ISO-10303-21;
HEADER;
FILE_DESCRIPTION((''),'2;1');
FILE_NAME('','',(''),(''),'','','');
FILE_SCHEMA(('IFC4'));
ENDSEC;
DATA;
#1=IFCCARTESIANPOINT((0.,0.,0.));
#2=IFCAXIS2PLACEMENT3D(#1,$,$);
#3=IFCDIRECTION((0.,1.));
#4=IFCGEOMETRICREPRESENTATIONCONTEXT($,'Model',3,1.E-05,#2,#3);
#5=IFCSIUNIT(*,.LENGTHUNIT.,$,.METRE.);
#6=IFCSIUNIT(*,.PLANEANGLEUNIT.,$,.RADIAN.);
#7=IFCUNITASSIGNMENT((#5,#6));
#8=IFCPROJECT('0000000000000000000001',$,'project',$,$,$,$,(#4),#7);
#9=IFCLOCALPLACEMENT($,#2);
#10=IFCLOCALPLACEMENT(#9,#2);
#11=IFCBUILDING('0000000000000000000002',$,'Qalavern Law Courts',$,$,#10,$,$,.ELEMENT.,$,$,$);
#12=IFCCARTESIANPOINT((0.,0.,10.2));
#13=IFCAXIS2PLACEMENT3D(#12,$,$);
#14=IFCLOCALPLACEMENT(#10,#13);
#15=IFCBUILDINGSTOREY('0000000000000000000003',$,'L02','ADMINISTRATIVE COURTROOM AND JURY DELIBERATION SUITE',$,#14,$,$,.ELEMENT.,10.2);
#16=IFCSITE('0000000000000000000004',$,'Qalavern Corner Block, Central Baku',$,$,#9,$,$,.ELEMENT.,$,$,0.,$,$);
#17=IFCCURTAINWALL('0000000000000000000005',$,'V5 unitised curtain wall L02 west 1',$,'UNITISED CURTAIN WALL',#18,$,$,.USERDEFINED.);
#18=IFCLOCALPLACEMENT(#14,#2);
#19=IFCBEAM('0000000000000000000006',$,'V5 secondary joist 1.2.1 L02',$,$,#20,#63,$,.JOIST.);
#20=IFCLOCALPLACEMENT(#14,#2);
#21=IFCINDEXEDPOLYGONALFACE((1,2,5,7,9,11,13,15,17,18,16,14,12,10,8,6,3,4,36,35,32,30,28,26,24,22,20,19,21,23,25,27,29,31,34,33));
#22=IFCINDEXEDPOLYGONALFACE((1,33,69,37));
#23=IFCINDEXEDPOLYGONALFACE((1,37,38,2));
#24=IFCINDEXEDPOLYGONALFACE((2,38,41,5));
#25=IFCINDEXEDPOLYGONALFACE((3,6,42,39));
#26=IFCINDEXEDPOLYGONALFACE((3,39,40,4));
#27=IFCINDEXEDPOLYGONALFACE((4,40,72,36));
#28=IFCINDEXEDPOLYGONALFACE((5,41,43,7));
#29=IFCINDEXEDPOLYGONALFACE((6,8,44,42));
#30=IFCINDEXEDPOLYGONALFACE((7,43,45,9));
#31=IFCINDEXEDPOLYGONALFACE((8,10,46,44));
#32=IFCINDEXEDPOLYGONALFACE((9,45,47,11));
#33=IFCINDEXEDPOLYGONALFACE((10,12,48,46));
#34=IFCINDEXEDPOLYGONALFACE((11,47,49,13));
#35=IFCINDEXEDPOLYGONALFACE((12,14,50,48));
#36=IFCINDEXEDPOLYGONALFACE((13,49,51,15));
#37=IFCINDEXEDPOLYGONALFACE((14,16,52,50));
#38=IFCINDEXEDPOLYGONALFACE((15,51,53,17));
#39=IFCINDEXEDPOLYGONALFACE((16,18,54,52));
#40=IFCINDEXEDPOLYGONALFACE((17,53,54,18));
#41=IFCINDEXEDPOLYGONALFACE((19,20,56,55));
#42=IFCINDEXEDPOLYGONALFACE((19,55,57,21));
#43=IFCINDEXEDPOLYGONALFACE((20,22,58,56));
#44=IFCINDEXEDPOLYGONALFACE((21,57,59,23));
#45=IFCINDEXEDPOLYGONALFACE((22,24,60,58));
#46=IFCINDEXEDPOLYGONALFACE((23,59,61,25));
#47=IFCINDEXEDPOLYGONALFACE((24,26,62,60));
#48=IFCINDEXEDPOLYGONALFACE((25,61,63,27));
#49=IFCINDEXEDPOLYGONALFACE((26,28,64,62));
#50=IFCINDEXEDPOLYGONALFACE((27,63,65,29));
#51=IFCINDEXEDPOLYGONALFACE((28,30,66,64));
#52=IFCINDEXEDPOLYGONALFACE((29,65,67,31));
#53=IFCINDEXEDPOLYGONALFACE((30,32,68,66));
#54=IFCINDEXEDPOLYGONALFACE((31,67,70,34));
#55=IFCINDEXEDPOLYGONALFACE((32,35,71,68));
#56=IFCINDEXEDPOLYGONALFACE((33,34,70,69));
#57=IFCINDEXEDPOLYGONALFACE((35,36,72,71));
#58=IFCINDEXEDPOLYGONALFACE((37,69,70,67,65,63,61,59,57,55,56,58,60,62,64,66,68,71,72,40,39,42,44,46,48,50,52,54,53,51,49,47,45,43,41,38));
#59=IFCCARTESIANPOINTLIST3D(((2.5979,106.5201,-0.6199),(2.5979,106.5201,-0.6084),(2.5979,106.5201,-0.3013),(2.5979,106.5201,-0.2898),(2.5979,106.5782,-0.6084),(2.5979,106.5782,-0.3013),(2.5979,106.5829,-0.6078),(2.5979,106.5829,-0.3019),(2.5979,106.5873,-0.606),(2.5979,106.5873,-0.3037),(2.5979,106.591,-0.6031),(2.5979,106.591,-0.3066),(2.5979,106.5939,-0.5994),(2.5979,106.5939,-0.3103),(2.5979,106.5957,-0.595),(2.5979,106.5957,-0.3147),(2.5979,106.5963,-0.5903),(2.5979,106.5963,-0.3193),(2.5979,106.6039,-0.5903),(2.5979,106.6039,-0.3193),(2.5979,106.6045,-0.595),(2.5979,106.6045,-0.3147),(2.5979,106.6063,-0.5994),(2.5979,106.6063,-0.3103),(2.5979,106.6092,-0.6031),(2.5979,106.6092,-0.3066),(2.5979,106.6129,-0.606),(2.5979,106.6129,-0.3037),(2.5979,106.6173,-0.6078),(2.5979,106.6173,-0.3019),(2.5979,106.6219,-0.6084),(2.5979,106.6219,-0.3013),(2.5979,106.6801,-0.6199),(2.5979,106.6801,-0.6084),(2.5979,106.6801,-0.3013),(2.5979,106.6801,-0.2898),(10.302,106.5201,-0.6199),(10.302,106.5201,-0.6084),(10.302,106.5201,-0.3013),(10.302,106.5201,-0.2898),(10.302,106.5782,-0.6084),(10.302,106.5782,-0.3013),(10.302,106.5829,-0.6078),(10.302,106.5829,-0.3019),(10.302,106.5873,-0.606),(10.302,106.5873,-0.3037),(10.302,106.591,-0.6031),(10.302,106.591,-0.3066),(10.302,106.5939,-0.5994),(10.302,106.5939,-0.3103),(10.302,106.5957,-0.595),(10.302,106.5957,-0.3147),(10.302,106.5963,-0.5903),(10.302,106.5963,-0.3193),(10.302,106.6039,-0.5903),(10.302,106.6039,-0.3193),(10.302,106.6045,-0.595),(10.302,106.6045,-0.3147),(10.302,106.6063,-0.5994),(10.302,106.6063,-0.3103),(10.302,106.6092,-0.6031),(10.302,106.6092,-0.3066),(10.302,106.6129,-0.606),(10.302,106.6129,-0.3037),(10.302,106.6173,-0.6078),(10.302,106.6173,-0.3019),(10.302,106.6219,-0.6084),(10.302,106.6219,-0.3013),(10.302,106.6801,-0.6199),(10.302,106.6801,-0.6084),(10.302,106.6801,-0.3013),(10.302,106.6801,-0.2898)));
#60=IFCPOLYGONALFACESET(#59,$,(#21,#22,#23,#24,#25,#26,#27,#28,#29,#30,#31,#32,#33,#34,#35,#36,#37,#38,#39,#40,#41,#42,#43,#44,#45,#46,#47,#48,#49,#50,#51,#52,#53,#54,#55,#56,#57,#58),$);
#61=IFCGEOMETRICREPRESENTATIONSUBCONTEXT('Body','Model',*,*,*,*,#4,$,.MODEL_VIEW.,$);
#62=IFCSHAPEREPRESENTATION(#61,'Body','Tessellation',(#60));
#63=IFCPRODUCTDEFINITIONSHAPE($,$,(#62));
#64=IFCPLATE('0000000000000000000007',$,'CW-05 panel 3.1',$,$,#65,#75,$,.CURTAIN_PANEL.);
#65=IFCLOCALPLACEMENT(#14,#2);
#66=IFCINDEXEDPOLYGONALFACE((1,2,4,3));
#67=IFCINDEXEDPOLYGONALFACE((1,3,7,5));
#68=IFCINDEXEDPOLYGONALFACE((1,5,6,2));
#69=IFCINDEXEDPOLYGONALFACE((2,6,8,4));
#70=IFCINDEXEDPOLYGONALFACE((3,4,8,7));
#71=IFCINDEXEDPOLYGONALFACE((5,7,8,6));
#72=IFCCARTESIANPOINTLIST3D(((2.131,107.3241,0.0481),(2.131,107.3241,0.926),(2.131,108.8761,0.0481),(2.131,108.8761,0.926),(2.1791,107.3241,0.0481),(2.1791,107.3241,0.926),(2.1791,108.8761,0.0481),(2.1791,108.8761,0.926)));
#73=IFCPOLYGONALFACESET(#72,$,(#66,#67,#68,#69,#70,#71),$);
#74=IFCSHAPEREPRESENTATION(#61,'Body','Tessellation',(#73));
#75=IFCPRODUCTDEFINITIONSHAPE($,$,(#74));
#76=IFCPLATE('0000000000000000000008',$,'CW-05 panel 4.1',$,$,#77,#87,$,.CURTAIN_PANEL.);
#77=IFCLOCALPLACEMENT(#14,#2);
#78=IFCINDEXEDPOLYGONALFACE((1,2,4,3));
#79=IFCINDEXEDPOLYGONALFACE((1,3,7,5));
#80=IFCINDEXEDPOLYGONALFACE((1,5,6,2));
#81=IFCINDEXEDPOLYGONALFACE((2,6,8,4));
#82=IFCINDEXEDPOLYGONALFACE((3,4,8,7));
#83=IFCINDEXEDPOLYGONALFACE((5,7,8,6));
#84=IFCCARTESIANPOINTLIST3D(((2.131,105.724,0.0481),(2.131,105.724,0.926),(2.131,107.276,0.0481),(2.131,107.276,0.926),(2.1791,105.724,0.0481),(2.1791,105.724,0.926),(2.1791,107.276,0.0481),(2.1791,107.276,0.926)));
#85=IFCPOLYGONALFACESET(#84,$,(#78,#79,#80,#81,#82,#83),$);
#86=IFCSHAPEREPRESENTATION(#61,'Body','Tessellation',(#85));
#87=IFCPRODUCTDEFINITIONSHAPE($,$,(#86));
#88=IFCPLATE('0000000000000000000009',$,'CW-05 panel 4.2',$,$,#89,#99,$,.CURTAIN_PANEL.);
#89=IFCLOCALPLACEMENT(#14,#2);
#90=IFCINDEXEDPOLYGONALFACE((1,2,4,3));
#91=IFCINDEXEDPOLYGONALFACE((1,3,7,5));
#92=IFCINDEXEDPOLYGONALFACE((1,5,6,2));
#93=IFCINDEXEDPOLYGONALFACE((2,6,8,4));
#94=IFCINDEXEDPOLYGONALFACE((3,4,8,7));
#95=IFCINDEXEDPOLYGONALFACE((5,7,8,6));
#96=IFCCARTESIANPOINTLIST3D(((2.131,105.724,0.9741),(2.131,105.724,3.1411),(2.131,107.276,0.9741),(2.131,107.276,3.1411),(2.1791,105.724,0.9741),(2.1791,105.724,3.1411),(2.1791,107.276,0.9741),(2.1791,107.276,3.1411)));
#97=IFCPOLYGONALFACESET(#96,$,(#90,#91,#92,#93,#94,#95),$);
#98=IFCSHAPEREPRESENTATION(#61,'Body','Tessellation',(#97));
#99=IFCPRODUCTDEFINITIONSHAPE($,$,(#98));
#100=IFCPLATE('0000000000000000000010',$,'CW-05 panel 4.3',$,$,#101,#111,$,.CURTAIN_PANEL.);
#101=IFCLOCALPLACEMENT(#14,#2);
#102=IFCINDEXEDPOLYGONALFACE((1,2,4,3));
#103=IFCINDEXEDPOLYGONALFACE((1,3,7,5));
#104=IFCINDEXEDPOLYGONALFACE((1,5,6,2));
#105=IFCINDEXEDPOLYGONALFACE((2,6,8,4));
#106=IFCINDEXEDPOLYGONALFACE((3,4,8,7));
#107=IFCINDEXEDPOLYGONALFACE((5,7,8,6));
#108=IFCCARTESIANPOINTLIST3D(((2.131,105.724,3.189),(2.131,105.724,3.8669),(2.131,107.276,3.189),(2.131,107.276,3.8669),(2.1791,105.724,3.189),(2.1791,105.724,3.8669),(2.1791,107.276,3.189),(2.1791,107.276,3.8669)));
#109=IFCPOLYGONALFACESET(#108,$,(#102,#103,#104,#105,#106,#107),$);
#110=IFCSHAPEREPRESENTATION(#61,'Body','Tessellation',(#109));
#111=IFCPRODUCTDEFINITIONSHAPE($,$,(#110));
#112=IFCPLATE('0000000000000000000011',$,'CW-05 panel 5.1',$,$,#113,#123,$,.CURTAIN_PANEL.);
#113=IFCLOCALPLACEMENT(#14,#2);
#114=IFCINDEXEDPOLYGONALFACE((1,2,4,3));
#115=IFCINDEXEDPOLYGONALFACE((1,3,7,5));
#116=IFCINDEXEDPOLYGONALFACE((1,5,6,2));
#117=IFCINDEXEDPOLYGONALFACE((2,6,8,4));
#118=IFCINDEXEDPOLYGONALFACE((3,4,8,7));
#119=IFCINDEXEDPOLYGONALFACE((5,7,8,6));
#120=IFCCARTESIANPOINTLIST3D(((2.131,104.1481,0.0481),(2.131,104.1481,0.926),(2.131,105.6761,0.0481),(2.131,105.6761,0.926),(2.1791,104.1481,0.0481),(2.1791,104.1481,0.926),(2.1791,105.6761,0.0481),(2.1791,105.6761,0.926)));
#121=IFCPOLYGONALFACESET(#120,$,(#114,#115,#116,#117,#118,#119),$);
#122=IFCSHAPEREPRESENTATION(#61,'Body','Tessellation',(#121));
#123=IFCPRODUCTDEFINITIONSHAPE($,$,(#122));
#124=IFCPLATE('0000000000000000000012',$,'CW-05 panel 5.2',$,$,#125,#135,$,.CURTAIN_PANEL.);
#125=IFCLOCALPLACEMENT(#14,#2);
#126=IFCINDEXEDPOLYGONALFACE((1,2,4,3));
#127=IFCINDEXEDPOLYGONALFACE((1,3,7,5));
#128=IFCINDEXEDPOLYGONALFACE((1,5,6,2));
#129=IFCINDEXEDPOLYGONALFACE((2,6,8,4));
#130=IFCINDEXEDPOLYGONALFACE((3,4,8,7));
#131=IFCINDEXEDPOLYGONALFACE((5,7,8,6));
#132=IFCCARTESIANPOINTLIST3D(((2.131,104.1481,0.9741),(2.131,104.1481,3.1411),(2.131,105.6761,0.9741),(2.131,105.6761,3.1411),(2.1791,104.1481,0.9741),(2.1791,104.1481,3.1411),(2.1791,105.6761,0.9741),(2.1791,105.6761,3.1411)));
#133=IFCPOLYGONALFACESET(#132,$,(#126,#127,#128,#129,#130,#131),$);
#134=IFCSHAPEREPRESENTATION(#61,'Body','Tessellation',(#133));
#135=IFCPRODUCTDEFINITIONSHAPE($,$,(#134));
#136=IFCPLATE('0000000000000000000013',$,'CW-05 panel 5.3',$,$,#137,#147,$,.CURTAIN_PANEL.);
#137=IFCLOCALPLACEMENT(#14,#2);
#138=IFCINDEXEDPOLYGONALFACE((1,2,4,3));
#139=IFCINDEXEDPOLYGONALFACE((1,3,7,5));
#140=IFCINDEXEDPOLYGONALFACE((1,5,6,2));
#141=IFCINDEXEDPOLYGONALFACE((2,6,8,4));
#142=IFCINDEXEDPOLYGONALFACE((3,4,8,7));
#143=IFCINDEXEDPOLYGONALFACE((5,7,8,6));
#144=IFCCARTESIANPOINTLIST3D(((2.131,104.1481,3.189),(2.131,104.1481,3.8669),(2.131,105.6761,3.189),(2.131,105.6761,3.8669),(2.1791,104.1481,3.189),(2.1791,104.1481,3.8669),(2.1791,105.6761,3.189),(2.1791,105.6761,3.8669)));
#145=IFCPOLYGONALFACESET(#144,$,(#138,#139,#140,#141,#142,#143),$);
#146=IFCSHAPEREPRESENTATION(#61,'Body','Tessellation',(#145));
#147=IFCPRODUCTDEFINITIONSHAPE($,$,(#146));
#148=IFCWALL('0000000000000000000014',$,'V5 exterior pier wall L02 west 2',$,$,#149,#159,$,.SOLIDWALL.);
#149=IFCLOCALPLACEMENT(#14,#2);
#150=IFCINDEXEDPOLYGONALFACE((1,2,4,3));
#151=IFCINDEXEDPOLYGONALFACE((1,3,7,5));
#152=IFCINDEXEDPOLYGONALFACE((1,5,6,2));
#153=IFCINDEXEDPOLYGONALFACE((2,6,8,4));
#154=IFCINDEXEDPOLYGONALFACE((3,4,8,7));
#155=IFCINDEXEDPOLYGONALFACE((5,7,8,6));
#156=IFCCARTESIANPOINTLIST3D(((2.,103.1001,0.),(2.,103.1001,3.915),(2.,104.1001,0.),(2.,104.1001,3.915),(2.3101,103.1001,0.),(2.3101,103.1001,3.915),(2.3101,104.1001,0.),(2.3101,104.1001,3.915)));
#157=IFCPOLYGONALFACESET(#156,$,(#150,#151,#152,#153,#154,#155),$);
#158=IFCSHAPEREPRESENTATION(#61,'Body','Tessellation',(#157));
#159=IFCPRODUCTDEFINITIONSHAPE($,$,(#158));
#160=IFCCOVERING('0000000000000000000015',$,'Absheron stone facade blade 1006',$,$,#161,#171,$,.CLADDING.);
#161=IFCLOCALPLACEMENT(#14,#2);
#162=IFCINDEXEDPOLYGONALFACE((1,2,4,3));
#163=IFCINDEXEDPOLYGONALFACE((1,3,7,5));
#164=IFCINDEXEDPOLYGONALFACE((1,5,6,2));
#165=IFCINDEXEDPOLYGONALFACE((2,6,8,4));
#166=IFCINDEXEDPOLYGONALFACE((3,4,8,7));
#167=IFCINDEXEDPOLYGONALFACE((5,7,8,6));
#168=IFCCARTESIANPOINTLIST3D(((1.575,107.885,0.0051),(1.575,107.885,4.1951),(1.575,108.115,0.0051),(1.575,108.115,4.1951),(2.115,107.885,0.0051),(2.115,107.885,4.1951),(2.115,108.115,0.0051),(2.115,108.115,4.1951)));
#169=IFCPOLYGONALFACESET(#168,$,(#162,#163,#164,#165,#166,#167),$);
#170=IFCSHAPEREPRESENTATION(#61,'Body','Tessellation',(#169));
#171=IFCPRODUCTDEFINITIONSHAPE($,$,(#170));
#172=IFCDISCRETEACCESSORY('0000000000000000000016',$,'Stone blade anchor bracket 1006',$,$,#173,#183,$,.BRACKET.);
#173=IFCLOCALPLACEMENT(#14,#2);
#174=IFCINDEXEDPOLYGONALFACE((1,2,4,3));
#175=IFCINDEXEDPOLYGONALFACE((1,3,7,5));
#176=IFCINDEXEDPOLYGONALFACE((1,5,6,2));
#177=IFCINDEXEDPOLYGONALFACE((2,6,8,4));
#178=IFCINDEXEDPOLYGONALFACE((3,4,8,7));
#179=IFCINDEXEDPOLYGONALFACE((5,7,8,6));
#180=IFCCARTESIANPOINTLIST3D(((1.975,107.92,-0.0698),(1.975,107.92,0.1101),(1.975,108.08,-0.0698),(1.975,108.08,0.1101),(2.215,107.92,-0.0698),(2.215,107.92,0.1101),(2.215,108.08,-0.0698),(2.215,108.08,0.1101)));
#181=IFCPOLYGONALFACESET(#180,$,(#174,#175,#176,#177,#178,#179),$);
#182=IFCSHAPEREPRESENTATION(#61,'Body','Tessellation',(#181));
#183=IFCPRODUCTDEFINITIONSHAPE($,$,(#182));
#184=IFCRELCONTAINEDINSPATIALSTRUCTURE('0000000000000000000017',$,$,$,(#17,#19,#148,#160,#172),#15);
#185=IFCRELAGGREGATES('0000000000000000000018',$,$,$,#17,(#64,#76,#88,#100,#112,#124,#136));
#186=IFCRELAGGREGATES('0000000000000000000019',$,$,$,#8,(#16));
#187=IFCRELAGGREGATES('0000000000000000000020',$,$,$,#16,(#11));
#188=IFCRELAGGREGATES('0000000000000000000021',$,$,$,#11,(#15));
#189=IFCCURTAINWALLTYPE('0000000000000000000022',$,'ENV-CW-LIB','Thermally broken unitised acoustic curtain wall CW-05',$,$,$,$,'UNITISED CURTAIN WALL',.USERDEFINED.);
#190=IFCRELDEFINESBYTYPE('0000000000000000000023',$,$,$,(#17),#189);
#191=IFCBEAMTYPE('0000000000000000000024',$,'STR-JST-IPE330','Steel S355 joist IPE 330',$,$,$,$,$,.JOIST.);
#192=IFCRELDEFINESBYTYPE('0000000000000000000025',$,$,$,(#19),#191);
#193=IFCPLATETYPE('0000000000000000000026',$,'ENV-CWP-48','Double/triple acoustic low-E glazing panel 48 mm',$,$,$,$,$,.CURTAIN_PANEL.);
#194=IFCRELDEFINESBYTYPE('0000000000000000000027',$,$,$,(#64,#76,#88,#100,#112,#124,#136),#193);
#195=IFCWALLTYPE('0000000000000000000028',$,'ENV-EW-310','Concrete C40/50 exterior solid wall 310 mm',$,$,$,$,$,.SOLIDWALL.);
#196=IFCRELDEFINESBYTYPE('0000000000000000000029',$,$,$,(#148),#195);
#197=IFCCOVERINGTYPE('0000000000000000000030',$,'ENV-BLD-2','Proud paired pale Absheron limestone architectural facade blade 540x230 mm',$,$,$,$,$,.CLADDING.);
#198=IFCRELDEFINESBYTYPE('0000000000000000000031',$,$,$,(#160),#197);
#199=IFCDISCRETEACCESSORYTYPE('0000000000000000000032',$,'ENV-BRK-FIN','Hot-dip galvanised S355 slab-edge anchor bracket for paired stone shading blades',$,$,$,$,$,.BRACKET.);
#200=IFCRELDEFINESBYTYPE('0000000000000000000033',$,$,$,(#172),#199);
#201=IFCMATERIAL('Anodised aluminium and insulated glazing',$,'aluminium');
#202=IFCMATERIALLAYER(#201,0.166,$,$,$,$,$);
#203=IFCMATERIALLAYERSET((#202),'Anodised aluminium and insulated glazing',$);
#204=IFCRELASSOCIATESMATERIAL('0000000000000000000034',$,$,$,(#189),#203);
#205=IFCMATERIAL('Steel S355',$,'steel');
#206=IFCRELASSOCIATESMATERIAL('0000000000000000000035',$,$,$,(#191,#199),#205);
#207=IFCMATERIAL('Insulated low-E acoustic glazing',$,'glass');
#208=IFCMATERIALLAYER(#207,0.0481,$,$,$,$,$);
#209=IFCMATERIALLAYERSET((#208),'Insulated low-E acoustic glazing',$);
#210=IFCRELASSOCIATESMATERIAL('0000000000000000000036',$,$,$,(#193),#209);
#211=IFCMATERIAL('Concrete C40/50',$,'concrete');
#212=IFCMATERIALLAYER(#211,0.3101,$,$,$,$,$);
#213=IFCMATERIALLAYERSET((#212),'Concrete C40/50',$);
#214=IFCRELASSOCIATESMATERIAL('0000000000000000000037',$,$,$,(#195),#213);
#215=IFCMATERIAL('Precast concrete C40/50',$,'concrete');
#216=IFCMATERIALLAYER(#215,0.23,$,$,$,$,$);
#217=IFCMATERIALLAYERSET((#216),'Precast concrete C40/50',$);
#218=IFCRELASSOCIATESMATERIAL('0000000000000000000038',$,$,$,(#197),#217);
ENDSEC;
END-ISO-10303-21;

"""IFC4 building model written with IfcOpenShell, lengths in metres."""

from ifc_helpers import new_model, si_unit, direction, frame, frame_2d, origin, origin_2d, place, context, subcontext, project, spatial, rectangle, i_section, extrude, material, layer, layer_set, material_profile, profile_set, type_object, element, aggregate, save


model = new_model("IFC4")

# Units and contexts
model_context = context("Model", 3, precision=1e-05, world=origin(), true_north=direction((0.0, 1.0)))
body_context = subcontext(model_context, "Body", "Model", "MODEL_VIEW")
ifc_project = project(units=[si_unit("LENGTHUNIT", "METRE"), si_unit("PLANEANGLEUNIT", "RADIAN")], contexts=[model_context])

# Site, building, storey
site_placement = place(None, origin())
site = spatial("IfcSite", under=ifc_project, at=site_placement, Name="Qalavern Corner Block, Central Baku", CompositionType="ELEMENT", RefElevation=0.0)
building_placement = place(site_placement, origin())
building = spatial("IfcBuilding", under=site, at=building_placement, Name="Qalavern Law Courts", CompositionType="ELEMENT")
storey_placement = place(building_placement, frame((0.0, 0.0, 10.2)))
storey = spatial("IfcBuildingStorey", under=building, at=storey_placement, Name="L02", Description="ADMINISTRATIVE COURTROOM AND JURY DELIBERATION SUITE", CompositionType="ELEMENT", Elevation=10.2)

# Curtain wall
ifc_material_1 = material(Name="Anodised aluminium and insulated glazing", Category="aluminium")
ifc_layer_1 = layer(ifc_material_1, 0.166)
ifc_layer_set_1 = layer_set([ifc_layer_1], Name="Anodised aluminium and insulated glazing")
curtain_wall_type = type_object("IfcCurtainWallType", Name="ENV-CW-LIB", Description="Thermally broken unitised acoustic curtain wall CW-05", ElementType="UNITISED CURTAIN WALL", PredefinedType="USERDEFINED", material=ifc_layer_set_1)
curtain_wall_placement = place(storey_placement, origin())
curtain_wall = element("IfcCurtainWall", 1, at=curtain_wall_placement, inside=storey, type_object=curtain_wall_type, Name="V5 unitised curtain wall L02 west 1", ObjectType="UNITISED CURTAIN WALL", PredefinedType="USERDEFINED")

# Beam
ifc_material_2 = material(Name="Steel S355", Category="steel")
ifc_material_profile_1 = material_profile(ifc_material_2, i_section(OverallWidth=0.1599, OverallDepth=0.3301, WebThickness=0.0076, FlangeThickness=0.0115, FilletRadius=0.0181, at=origin_2d()), Name="IPE 330")
ifc_profile_set_1 = profile_set([ifc_material_profile_1], Name="Steel S355")
beam_type = type_object("IfcBeamType", Name="STR-JST-IPE330", Description="Steel S355 joist IPE 330", PredefinedType="JOIST", material=ifc_profile_set_1)
beam_placement = place(storey_placement, frame((2.5979, 106.6001, -0.4548), z_axis=(1.0, 0.0, 0.0), x_axis=(0.0, 1.0, 0.0)))
element("IfcBeam", 2, at=beam_placement, inside=storey, type_object=beam_type, Name="V5 secondary joist 1.2.1 L02", PredefinedType="JOIST", context=body_context, shape_type="SweptSolid", body=[
    extrude(i_section(OverallWidth=0.1599, OverallDepth=0.3301, WebThickness=0.0076, FlangeThickness=0.0115, FilletRadius=0.0181, at=origin_2d()), origin(), (0.0, 0.0, 1.0), 7.7041),
])

# Plates
ifc_material_3 = material(Name="Insulated low-E acoustic glazing", Category="glass")
ifc_layer_2 = layer(ifc_material_3, 0.0481)
ifc_layer_set_2 = layer_set([ifc_layer_2], Name="Insulated low-E acoustic glazing")
plate_type = type_object("IfcPlateType", Name="ENV-CWP-48", Description="Double/triple acoustic low-E glazing panel 48 mm", PredefinedType="CURTAIN_PANEL", material=ifc_layer_set_2)
plate_1_placement = place(storey_placement, frame((2.155, 108.1001, 0.0481), z_axis=(0.0, 0.0, 1.0), x_axis=(0.0, -1.0, 0.0)))
plate_1 = element("IfcPlate", 3, at=plate_1_placement, type_object=plate_type, Name="CW-05 panel 3.1", PredefinedType="CURTAIN_PANEL", context=body_context, shape_type="SweptSolid", body=[
    extrude(rectangle(XDim=1.552, YDim=0.0481, at=origin_2d()), origin(), (0.0, 0.0, 1.0), 0.8779),
])
plate_2_placement = place(storey_placement, frame((2.155, 106.5, 0.0481), z_axis=(0.0, 0.0, 1.0), x_axis=(0.0, -1.0, 0.0)))
plate_2 = element("IfcPlate", 4, at=plate_2_placement, type_object=plate_type, Name="CW-05 panel 4.1", PredefinedType="CURTAIN_PANEL", context=body_context, shape_type="SweptSolid", body=[
    extrude(rectangle(XDim=1.552, YDim=0.0481, at=origin_2d()), origin(), (0.0, 0.0, 1.0), 0.8779),
])
plate_3_placement = place(storey_placement, frame((2.155, 106.5, 0.9741), z_axis=(0.0, 0.0, 1.0), x_axis=(0.0, -1.0, 0.0)))
plate_3 = element("IfcPlate", 5, at=plate_3_placement, type_object=plate_type, Name="CW-05 panel 4.2", PredefinedType="CURTAIN_PANEL", context=body_context, shape_type="SweptSolid", body=[
    extrude(rectangle(XDim=1.552, YDim=0.0481, at=origin_2d()), origin(), (0.0, 0.0, 1.0), 2.167),
])
plate_4_placement = place(storey_placement, frame((2.155, 106.5, 3.189), z_axis=(0.0, 0.0, 1.0), x_axis=(0.0, -1.0, 0.0)))
plate_4 = element("IfcPlate", 6, at=plate_4_placement, type_object=plate_type, Name="CW-05 panel 4.3", PredefinedType="CURTAIN_PANEL", context=body_context, shape_type="SweptSolid", body=[
    extrude(rectangle(XDim=1.552, YDim=0.0481, at=origin_2d()), origin(), (0.0, 0.0, 1.0), 0.678),
])
plate_5_placement = place(storey_placement, frame((2.155, 104.9121, 0.0481), z_axis=(0.0, 0.0, 1.0), x_axis=(0.0, -1.0, 0.0)))
plate_5 = element("IfcPlate", 7, at=plate_5_placement, type_object=plate_type, Name="CW-05 panel 5.1", PredefinedType="CURTAIN_PANEL", context=body_context, shape_type="SweptSolid", body=[
    extrude(rectangle(XDim=1.5281, YDim=0.0481, at=origin_2d()), origin(), (0.0, 0.0, 1.0), 0.8779),
])
plate_6_placement = place(storey_placement, frame((2.155, 104.9121, 0.9741), z_axis=(0.0, 0.0, 1.0), x_axis=(0.0, -1.0, 0.0)))
plate_6 = element("IfcPlate", 8, at=plate_6_placement, type_object=plate_type, Name="CW-05 panel 5.2", PredefinedType="CURTAIN_PANEL", context=body_context, shape_type="SweptSolid", body=[
    extrude(rectangle(XDim=1.5281, YDim=0.0481, at=origin_2d()), origin(), (0.0, 0.0, 1.0), 2.167),
])
plate_7_placement = place(storey_placement, frame((2.155, 104.9121, 3.189), z_axis=(0.0, 0.0, 1.0), x_axis=(0.0, -1.0, 0.0)))
plate_7 = element("IfcPlate", 9, at=plate_7_placement, type_object=plate_type, Name="CW-05 panel 5.3", PredefinedType="CURTAIN_PANEL", context=body_context, shape_type="SweptSolid", body=[
    extrude(rectangle(XDim=1.5281, YDim=0.0481, at=origin_2d()), origin(), (0.0, 0.0, 1.0), 0.678),
])
aggregate(curtain_wall, [plate_1, plate_2, plate_3, plate_4, plate_5, plate_6, plate_7])

# Wall
ifc_material_4 = material(Name="Concrete C40/50", Category="concrete")
ifc_layer_3 = layer(ifc_material_4, 0.3101)
ifc_layer_set_3 = layer_set([ifc_layer_3], Name="Concrete C40/50")
wall_type = type_object("IfcWallType", Name="ENV-EW-310", Description="Concrete C40/50 exterior solid wall 310 mm", PredefinedType="SOLIDWALL", material=ifc_layer_set_3)
wall_placement = place(storey_placement, frame((2.155, 104.1001, 0.0), z_axis=(0.0, 0.0, 1.0), x_axis=(0.0, -1.0, 0.0)))
element("IfcWall", 10, at=wall_placement, inside=storey, type_object=wall_type, Name="V5 exterior pier wall L02 west 2", PredefinedType="SOLIDWALL", context=body_context, shape_type="SweptSolid", body=[
    extrude(rectangle(XDim=1.0, YDim=0.3101, at=frame_2d((0.5, 0.0))), origin(), (0.0, 0.0, 1.0), 3.915),
])

# Covering
ifc_material_5 = material(Name="Precast concrete C40/50", Category="concrete")
ifc_layer_4 = layer(ifc_material_5, 0.23)
ifc_layer_set_4 = layer_set([ifc_layer_4], Name="Precast concrete C40/50")
covering_type = type_object("IfcCoveringType", Name="ENV-BLD-2", Description="Proud paired pale Absheron limestone architectural facade blade 540x230 mm", PredefinedType="CLADDING", material=ifc_layer_set_4)
covering_placement = place(storey_placement, frame((1.845, 108.0, 0.0051), z_axis=(0.0, 0.0, 1.0), x_axis=(-1.0, 0.0, 0.0)))
element("IfcCovering", 11, at=covering_placement, inside=storey, type_object=covering_type, Name="Absheron stone facade blade 1006", PredefinedType="CLADDING", context=body_context, shape_type="SweptSolid", body=[
    extrude(rectangle(XDim=0.54, YDim=0.23, at=origin_2d()), origin(), (0.0, 0.0, 1.0), 4.1899),
])

# Discrete accessory
discrete_accessory_type = type_object("IfcDiscreteAccessoryType", Name="ENV-BRK-FIN", Description="Hot-dip galvanised S355 slab-edge anchor bracket for paired stone shading blades", PredefinedType="BRACKET", material=ifc_material_2)
discrete_accessory_placement = place(storey_placement, frame((2.095, 108.0, -0.0698), z_axis=(0.0, 0.0, 1.0), x_axis=(-1.0, 0.0, 0.0)))
element("IfcDiscreteAccessory", 12, at=discrete_accessory_placement, inside=storey, type_object=discrete_accessory_type, Name="Stone blade anchor bracket 1006", PredefinedType="BRACKET", context=body_context, shape_type="SweptSolid", body=[
    extrude(rectangle(XDim=0.24, YDim=0.1599, at=origin_2d()), origin(), (0.0, 0.0, 1.0), 0.1799),
])

save(model, "model.ifc")
